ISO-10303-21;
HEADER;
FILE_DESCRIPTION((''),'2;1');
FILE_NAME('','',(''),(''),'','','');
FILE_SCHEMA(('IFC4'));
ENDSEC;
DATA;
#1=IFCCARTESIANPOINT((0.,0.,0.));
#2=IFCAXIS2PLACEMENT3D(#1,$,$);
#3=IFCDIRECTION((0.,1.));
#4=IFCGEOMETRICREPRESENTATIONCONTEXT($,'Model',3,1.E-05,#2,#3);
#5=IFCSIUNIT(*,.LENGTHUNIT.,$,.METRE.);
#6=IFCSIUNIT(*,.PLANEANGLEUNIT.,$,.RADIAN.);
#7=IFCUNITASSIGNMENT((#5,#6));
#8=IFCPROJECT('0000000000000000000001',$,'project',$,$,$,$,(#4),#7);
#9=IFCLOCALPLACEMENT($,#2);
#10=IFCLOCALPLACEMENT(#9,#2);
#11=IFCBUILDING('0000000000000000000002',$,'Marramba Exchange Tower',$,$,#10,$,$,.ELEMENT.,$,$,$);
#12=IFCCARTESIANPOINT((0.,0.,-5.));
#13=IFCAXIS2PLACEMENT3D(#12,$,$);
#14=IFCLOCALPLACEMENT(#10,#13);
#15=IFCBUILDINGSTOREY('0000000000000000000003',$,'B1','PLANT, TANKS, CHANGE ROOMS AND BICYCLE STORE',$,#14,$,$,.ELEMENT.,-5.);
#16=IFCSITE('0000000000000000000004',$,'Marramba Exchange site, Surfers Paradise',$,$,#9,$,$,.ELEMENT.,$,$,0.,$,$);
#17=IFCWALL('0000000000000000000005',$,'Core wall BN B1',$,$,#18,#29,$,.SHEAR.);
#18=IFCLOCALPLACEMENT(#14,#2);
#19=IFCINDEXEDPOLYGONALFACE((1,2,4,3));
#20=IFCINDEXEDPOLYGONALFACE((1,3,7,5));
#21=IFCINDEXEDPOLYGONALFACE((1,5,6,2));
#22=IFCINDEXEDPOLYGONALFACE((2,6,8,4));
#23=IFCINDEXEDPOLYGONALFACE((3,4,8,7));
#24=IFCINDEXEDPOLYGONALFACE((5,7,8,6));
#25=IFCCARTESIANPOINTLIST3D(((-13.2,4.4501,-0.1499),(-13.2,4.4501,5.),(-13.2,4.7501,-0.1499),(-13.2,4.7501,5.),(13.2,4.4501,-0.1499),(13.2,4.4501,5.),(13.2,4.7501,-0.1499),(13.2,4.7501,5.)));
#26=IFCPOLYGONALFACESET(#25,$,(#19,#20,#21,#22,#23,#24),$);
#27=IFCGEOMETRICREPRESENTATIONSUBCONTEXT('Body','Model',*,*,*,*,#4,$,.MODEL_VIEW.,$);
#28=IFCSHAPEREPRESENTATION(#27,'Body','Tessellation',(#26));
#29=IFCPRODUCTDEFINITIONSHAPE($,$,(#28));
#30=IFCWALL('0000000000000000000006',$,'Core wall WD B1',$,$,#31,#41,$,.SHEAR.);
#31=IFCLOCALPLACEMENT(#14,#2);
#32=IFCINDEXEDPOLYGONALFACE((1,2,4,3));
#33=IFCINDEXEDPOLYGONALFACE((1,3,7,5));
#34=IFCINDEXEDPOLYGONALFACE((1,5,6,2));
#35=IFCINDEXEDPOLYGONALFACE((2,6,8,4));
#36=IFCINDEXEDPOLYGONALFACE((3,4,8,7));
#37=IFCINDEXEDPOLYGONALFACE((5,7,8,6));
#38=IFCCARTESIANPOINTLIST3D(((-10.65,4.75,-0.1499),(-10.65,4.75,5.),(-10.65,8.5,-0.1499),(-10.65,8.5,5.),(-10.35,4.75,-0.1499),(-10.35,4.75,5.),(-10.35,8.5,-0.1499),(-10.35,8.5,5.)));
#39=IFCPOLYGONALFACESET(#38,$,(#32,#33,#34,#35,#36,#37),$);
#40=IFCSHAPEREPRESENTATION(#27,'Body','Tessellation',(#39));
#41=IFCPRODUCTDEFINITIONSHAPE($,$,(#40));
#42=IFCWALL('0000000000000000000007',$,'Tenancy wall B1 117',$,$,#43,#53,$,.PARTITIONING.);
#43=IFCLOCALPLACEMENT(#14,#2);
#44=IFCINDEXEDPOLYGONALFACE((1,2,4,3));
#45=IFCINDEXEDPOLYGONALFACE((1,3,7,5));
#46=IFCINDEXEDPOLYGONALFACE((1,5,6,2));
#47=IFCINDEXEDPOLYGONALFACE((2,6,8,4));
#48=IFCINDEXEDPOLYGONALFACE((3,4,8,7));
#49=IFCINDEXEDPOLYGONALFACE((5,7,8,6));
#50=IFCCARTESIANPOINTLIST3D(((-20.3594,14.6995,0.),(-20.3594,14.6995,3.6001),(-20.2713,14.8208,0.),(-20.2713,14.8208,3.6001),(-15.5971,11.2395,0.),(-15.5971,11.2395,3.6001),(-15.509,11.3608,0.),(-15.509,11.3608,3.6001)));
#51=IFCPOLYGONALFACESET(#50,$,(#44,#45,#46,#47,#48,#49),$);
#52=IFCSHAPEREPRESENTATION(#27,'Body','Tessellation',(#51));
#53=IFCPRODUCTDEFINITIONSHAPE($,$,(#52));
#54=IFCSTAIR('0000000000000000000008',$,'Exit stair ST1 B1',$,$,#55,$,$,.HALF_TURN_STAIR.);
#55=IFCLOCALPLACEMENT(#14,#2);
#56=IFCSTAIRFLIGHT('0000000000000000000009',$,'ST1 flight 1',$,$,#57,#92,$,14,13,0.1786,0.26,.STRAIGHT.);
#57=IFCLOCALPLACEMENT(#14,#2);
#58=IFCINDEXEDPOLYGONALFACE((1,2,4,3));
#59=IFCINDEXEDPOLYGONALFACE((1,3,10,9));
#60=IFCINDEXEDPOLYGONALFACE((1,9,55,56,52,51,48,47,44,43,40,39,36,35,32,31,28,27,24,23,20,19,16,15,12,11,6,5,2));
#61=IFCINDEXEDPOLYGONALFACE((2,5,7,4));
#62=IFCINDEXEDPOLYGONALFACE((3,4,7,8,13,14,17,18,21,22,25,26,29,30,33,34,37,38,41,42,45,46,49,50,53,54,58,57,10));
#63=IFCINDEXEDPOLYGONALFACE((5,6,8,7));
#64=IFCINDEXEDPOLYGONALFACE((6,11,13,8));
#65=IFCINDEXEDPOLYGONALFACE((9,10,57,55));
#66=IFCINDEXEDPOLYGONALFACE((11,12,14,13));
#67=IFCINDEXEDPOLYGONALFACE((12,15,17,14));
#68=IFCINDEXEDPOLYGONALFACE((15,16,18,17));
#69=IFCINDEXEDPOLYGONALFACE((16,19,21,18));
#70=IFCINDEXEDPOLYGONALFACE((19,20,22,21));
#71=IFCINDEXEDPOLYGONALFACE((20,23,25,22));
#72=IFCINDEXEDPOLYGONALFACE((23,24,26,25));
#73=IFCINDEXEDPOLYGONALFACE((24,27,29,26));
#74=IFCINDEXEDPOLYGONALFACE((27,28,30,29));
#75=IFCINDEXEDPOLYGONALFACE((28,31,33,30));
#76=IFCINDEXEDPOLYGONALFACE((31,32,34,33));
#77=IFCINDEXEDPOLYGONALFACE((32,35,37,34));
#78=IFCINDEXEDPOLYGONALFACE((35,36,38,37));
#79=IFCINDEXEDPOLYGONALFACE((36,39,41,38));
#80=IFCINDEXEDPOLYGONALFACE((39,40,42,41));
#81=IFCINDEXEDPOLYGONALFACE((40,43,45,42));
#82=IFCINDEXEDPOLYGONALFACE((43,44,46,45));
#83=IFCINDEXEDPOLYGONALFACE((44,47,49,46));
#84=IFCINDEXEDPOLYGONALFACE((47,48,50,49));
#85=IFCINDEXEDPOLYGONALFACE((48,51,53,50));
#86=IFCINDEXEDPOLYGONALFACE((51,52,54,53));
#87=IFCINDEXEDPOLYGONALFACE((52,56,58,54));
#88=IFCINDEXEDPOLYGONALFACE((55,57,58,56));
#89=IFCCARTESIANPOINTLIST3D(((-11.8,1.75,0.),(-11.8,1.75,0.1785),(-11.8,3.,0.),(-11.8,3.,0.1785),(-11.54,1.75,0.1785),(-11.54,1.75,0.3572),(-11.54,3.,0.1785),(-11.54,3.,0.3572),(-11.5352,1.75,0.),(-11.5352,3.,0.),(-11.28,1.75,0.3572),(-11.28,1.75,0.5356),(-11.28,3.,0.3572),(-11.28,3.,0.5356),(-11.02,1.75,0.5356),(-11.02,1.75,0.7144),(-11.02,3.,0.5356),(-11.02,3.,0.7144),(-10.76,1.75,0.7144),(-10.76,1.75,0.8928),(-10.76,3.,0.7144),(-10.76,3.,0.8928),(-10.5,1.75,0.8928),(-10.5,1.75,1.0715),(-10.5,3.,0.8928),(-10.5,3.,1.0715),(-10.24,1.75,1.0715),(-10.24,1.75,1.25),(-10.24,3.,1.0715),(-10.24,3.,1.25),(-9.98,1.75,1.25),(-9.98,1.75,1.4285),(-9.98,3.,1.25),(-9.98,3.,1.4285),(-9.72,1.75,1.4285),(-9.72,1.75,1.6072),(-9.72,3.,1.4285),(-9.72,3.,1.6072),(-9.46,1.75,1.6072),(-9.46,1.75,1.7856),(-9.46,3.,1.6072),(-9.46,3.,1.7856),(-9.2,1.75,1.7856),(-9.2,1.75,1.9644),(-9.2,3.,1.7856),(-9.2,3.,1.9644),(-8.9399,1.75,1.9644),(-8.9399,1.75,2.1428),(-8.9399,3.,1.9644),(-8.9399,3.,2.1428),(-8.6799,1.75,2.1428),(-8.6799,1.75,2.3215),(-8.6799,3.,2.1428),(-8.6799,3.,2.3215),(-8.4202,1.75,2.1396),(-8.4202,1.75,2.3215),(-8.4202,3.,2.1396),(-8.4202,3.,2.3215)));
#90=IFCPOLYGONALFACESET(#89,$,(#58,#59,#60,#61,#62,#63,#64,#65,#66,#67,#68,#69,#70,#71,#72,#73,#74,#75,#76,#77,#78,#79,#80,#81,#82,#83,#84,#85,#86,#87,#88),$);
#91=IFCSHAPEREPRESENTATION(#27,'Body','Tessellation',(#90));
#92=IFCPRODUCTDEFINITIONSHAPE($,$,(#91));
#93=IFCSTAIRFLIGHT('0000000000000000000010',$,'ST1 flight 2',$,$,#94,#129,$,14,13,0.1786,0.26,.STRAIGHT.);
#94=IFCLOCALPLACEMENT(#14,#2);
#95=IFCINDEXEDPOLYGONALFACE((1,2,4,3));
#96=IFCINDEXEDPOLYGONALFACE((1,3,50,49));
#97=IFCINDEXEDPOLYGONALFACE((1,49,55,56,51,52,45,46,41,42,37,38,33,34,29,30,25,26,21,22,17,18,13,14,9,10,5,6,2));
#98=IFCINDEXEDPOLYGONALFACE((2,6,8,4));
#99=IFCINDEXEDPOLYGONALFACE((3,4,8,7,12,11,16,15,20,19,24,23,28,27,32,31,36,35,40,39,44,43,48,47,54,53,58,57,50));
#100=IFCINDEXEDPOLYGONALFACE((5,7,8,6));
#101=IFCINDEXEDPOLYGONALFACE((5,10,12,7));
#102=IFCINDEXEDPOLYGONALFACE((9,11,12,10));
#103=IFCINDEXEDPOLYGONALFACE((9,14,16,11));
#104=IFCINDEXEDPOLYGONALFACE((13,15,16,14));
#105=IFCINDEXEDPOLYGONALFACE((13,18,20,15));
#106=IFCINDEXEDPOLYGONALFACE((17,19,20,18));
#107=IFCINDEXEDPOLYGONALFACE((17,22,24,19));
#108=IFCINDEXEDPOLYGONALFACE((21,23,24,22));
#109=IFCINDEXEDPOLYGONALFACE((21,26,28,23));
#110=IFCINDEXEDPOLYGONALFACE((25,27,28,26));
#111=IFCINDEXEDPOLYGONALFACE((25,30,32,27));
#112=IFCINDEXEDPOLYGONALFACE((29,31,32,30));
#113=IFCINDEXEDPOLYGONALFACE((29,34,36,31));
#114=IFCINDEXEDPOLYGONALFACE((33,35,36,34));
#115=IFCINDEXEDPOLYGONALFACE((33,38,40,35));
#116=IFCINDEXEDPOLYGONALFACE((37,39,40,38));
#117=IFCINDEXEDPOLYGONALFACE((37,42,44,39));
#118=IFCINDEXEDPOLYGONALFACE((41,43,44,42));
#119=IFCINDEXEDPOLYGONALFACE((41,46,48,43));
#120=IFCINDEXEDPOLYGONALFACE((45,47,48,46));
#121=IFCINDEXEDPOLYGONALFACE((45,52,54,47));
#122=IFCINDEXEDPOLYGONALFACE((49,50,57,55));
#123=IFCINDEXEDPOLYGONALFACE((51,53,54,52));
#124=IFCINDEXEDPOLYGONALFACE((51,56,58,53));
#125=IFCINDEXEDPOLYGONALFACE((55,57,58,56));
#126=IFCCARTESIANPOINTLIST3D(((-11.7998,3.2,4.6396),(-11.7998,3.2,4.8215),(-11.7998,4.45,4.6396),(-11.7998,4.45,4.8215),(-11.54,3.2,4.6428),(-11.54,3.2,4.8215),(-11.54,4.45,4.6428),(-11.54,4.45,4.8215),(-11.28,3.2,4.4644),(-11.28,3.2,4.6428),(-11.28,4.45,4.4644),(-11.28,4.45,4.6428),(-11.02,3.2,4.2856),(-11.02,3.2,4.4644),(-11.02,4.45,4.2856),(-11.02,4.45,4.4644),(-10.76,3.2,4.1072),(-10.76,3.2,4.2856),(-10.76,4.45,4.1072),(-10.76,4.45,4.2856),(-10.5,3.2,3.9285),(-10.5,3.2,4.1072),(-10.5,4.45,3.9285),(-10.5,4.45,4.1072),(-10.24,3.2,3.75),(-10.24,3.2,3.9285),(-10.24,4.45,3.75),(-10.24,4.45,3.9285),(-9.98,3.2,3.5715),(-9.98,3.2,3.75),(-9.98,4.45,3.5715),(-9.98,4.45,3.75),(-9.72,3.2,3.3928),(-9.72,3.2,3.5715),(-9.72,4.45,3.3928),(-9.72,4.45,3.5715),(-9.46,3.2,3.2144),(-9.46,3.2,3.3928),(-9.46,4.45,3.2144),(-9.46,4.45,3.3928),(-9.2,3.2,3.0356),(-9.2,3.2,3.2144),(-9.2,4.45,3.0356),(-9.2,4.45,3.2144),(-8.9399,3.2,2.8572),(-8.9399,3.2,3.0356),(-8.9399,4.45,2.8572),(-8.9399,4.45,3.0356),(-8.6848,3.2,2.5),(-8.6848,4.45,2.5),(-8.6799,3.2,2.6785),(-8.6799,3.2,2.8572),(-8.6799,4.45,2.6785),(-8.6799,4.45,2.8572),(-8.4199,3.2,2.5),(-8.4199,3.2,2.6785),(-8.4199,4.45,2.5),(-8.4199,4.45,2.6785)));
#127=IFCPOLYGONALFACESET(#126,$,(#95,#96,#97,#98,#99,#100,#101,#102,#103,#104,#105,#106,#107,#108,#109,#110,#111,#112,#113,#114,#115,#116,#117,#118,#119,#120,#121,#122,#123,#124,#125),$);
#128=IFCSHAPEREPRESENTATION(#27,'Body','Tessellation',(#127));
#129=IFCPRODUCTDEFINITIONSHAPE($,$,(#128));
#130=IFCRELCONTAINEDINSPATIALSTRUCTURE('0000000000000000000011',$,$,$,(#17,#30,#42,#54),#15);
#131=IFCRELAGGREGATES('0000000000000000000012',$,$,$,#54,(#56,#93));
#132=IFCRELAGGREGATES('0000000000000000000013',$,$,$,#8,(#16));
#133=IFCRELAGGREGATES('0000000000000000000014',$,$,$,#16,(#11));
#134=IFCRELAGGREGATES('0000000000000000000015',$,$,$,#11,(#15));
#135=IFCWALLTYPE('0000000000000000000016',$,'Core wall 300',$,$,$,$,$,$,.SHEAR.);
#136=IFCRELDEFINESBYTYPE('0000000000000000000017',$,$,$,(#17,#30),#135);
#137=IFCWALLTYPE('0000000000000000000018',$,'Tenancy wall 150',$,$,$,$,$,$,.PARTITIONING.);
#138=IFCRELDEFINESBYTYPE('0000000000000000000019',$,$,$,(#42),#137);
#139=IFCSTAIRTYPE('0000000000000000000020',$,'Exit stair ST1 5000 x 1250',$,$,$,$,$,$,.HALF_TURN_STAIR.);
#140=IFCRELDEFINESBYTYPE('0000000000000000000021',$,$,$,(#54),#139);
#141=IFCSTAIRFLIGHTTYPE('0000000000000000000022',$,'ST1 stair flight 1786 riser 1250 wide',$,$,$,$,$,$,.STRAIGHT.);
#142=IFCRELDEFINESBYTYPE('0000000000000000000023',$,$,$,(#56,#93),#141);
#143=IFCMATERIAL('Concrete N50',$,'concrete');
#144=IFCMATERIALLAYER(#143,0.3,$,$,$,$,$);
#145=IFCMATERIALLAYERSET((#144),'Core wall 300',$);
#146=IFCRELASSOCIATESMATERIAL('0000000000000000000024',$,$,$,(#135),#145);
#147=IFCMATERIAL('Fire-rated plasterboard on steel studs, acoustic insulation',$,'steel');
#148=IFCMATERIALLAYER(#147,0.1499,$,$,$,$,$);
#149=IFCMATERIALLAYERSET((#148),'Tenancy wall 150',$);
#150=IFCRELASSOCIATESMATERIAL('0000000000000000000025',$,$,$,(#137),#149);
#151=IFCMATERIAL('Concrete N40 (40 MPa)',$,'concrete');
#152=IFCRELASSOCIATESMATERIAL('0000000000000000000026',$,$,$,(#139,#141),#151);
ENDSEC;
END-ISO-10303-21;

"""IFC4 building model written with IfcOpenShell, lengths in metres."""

from ifc_helpers import new_model, si_unit, direction, frame, frame_2d, origin, place, context, subcontext, project, spatial, polyline, rectangle, outline, extrude, material, layer, layer_set, type_object, element, aggregate, save


model = new_model("IFC4")

# Units and contexts
model_context = context("Model", 3, precision=1e-05, world=origin(), true_north=direction((0.0, 1.0)))
body_context = subcontext(model_context, "Body", "Model", "MODEL_VIEW")
ifc_project = project(units=[si_unit("LENGTHUNIT", "METRE"), si_unit("PLANEANGLEUNIT", "RADIAN")], contexts=[model_context])

# Site, building, storey
site_placement = place(None, origin())
site = spatial("IfcSite", under=ifc_project, at=site_placement, Name="Marramba Exchange site, Surfers Paradise", CompositionType="ELEMENT", RefElevation=0.0)
building_placement = place(site_placement, origin())
building = spatial("IfcBuilding", under=site, at=building_placement, Name="Marramba Exchange Tower", CompositionType="ELEMENT")
storey_placement = place(building_placement, frame((0.0, 0.0, -5.0)))
storey = spatial("IfcBuildingStorey", under=building, at=storey_placement, Name="B1", Description="PLANT, TANKS, CHANGE ROOMS AND BICYCLE STORE", CompositionType="ELEMENT", Elevation=-5.0)

# Shared definitions
ifc_material_1 = material(Name="Concrete N50", Category="concrete")

# Shared definitions
ifc_layer_1 = layer(ifc_material_1, 0.3)
ifc_layer_set_1 = layer_set([ifc_layer_1], Name="Core wall 300")
wall_type_1 = type_object("IfcWallType", Name="Core wall 300", PredefinedType="SHEAR", material=ifc_layer_set_1)

# Walls
wall_1_placement = place(storey_placement, frame((-13.2, 4.6001, -0.1499), z_axis=(0.0, 0.0, 1.0), x_axis=(1.0, 0.0, 0.0)))
element("IfcWall", 1, at=wall_1_placement, inside=storey, type_object=wall_type_1, Name="Core wall BN B1", PredefinedType="SHEAR", context=body_context, shape_type="SweptSolid", body=[
    extrude(rectangle(XDim=26.3999, YDim=0.3, at=frame_2d((13.2, 0.0))), origin(), (0.0, 0.0, 1.0), 5.1499),
])
wall_2_placement = place(storey_placement, frame((-10.5, 4.75, -0.1499), z_axis=(0.0, 0.0, 1.0), x_axis=(0.0, 1.0, 0.0)))
element("IfcWall", 2, at=wall_2_placement, inside=storey, type_object=wall_type_1, Name="Core wall WD B1", PredefinedType="SHEAR", context=body_context, shape_type="SweptSolid", body=[
    extrude(rectangle(XDim=3.75, YDim=0.3, at=frame_2d((1.875, 0.0))), origin(), (0.0, 0.0, 1.0), 5.1499),
])
ifc_material_2 = material(Name="Fire-rated plasterboard on steel studs, acoustic insulation", Category="steel")
ifc_layer_2 = layer(ifc_material_2, 0.1499)
ifc_layer_set_2 = layer_set([ifc_layer_2], Name="Tenancy wall 150")
wall_type_2 = type_object("IfcWallType", Name="Tenancy wall 150", PredefinedType="PARTITIONING", material=ifc_layer_set_2)
wall_3_placement = place(storey_placement, frame((-15.553, 11.3, 0.0), z_axis=(0.0, 0.0, 1.0), x_axis=(-0.809016, 0.587787, 0.0)))
element("IfcWall", 3, at=wall_3_placement, inside=storey, type_object=wall_type_2, Name="Tenancy wall B1 117", PredefinedType="PARTITIONING", context=body_context, shape_type="SweptSolid", body=[
    extrude(rectangle(XDim=5.8865, YDim=0.1499, at=frame_2d((2.9434, 0.0))), origin(), (0.0, 0.0, 1.0), 3.6001),
])

# Stair, stair flights
ifc_material_3 = material(Name="Concrete N40 (40 MPa)", Category="concrete")
stair_type = type_object("IfcStairType", Name="Exit stair ST1 5000 x 1250", PredefinedType="HALF_TURN_STAIR", material=ifc_material_3)
stair_placement = place(storey_placement, origin())
stair = element("IfcStair", 4, at=stair_placement, inside=storey, type_object=stair_type, Name="Exit stair ST1 B1", PredefinedType="HALF_TURN_STAIR")
stair_flight_type = type_object("IfcStairFlightType", Name="ST1 stair flight 1786 riser 1250 wide", PredefinedType="STRAIGHT", material=ifc_material_3)
stair_flight_1_placement = place(storey_placement, frame((-11.8, 2.375, 0.0), z_axis=(0.0, 0.0, 1.0), x_axis=(1.0, 0.0, 0.0)))
stair_flight_1 = element("IfcStairFlight", 5, at=stair_flight_1_placement, type_object=stair_flight_type, Name="ST1 flight 1", NumberOfRisers=14, NumberOfTreads=13, PredefinedType="STRAIGHT", RiserHeight=0.1786, TreadLength=0.26, context=body_context, shape_type="SweptSolid", body=[
    extrude(outline(polyline([(0.0, 0.0), (0.0, 0.1785), (0.26, 0.1785), (0.26, 0.3572), (0.52, 0.3572), (0.52, 0.5356), (0.78, 0.5356), (0.78, 0.7144), (1.04, 0.7144), (1.04, 0.8928), (1.3, 0.8928), (1.3, 1.0715), (1.5601, 1.0715), (1.5601, 1.25), (1.8201, 1.25), (1.8201, 1.4285), (2.0801, 1.4285), (2.0801, 1.6072), (2.3401, 1.6072), (2.3401, 1.7856), (2.6001, 1.7856), (2.6001, 1.9644), (2.8601, 1.9644), (2.8601, 2.1428), (3.1201, 2.1428), (3.1201, 2.3215), (3.3799, 2.3215), (3.3799, 2.5), (3.3799, 2.1396), (0.2649, 0.0), (0.0, 0.0)])), frame((0.0, 0.625, 0.0), z_axis=(0.0, -1.0, 0.0), x_axis=(1.0, 0.0, 0.0)), (0.0, 0.0, 1.0), 1.25),
])
stair_flight_2_placement = place(storey_placement, frame((-8.4199, 3.825, 2.5), z_axis=(0.0, 0.0, 1.0), x_axis=(-1.0, 0.0, 0.0)))
stair_flight_2 = element("IfcStairFlight", 6, at=stair_flight_2_placement, type_object=stair_flight_type, Name="ST1 flight 2", NumberOfRisers=14, NumberOfTreads=13, PredefinedType="STRAIGHT", RiserHeight=0.1786, TreadLength=0.26, context=body_context, shape_type="SweptSolid", body=[
    extrude(outline(polyline([(0.0, 0.0), (0.0, 0.1785), (0.26, 0.1785), (0.26, 0.3572), (0.52, 0.3572), (0.52, 0.5356), (0.78, 0.5356), (0.78, 0.7144), (1.04, 0.7144), (1.04, 0.8928), (1.3, 0.8928), (1.3, 1.0715), (1.5601, 1.0715), (1.5601, 1.25), (1.8201, 1.25), (1.8201, 1.4285), (2.0801, 1.4285), (2.0801, 1.6072), (2.3401, 1.6072), (2.3401, 1.7856), (2.6001, 1.7856), (2.6001, 1.9644), (2.8601, 1.9644), (2.8601, 2.1428), (3.1201, 2.1428), (3.1201, 2.3215), (3.3799, 2.3215), (3.3799, 2.5), (3.3799, 2.1396), (0.2649, 0.0), (0.0, 0.0)])), frame((0.0, 0.625, 0.0), z_axis=(0.0, -1.0, 0.0), x_axis=(1.0, 0.0, 0.0)), (0.0, 0.0, 1.0), 1.25),
])
aggregate(stair, [stair_flight_1, stair_flight_2])

save(model, "model.ifc")
